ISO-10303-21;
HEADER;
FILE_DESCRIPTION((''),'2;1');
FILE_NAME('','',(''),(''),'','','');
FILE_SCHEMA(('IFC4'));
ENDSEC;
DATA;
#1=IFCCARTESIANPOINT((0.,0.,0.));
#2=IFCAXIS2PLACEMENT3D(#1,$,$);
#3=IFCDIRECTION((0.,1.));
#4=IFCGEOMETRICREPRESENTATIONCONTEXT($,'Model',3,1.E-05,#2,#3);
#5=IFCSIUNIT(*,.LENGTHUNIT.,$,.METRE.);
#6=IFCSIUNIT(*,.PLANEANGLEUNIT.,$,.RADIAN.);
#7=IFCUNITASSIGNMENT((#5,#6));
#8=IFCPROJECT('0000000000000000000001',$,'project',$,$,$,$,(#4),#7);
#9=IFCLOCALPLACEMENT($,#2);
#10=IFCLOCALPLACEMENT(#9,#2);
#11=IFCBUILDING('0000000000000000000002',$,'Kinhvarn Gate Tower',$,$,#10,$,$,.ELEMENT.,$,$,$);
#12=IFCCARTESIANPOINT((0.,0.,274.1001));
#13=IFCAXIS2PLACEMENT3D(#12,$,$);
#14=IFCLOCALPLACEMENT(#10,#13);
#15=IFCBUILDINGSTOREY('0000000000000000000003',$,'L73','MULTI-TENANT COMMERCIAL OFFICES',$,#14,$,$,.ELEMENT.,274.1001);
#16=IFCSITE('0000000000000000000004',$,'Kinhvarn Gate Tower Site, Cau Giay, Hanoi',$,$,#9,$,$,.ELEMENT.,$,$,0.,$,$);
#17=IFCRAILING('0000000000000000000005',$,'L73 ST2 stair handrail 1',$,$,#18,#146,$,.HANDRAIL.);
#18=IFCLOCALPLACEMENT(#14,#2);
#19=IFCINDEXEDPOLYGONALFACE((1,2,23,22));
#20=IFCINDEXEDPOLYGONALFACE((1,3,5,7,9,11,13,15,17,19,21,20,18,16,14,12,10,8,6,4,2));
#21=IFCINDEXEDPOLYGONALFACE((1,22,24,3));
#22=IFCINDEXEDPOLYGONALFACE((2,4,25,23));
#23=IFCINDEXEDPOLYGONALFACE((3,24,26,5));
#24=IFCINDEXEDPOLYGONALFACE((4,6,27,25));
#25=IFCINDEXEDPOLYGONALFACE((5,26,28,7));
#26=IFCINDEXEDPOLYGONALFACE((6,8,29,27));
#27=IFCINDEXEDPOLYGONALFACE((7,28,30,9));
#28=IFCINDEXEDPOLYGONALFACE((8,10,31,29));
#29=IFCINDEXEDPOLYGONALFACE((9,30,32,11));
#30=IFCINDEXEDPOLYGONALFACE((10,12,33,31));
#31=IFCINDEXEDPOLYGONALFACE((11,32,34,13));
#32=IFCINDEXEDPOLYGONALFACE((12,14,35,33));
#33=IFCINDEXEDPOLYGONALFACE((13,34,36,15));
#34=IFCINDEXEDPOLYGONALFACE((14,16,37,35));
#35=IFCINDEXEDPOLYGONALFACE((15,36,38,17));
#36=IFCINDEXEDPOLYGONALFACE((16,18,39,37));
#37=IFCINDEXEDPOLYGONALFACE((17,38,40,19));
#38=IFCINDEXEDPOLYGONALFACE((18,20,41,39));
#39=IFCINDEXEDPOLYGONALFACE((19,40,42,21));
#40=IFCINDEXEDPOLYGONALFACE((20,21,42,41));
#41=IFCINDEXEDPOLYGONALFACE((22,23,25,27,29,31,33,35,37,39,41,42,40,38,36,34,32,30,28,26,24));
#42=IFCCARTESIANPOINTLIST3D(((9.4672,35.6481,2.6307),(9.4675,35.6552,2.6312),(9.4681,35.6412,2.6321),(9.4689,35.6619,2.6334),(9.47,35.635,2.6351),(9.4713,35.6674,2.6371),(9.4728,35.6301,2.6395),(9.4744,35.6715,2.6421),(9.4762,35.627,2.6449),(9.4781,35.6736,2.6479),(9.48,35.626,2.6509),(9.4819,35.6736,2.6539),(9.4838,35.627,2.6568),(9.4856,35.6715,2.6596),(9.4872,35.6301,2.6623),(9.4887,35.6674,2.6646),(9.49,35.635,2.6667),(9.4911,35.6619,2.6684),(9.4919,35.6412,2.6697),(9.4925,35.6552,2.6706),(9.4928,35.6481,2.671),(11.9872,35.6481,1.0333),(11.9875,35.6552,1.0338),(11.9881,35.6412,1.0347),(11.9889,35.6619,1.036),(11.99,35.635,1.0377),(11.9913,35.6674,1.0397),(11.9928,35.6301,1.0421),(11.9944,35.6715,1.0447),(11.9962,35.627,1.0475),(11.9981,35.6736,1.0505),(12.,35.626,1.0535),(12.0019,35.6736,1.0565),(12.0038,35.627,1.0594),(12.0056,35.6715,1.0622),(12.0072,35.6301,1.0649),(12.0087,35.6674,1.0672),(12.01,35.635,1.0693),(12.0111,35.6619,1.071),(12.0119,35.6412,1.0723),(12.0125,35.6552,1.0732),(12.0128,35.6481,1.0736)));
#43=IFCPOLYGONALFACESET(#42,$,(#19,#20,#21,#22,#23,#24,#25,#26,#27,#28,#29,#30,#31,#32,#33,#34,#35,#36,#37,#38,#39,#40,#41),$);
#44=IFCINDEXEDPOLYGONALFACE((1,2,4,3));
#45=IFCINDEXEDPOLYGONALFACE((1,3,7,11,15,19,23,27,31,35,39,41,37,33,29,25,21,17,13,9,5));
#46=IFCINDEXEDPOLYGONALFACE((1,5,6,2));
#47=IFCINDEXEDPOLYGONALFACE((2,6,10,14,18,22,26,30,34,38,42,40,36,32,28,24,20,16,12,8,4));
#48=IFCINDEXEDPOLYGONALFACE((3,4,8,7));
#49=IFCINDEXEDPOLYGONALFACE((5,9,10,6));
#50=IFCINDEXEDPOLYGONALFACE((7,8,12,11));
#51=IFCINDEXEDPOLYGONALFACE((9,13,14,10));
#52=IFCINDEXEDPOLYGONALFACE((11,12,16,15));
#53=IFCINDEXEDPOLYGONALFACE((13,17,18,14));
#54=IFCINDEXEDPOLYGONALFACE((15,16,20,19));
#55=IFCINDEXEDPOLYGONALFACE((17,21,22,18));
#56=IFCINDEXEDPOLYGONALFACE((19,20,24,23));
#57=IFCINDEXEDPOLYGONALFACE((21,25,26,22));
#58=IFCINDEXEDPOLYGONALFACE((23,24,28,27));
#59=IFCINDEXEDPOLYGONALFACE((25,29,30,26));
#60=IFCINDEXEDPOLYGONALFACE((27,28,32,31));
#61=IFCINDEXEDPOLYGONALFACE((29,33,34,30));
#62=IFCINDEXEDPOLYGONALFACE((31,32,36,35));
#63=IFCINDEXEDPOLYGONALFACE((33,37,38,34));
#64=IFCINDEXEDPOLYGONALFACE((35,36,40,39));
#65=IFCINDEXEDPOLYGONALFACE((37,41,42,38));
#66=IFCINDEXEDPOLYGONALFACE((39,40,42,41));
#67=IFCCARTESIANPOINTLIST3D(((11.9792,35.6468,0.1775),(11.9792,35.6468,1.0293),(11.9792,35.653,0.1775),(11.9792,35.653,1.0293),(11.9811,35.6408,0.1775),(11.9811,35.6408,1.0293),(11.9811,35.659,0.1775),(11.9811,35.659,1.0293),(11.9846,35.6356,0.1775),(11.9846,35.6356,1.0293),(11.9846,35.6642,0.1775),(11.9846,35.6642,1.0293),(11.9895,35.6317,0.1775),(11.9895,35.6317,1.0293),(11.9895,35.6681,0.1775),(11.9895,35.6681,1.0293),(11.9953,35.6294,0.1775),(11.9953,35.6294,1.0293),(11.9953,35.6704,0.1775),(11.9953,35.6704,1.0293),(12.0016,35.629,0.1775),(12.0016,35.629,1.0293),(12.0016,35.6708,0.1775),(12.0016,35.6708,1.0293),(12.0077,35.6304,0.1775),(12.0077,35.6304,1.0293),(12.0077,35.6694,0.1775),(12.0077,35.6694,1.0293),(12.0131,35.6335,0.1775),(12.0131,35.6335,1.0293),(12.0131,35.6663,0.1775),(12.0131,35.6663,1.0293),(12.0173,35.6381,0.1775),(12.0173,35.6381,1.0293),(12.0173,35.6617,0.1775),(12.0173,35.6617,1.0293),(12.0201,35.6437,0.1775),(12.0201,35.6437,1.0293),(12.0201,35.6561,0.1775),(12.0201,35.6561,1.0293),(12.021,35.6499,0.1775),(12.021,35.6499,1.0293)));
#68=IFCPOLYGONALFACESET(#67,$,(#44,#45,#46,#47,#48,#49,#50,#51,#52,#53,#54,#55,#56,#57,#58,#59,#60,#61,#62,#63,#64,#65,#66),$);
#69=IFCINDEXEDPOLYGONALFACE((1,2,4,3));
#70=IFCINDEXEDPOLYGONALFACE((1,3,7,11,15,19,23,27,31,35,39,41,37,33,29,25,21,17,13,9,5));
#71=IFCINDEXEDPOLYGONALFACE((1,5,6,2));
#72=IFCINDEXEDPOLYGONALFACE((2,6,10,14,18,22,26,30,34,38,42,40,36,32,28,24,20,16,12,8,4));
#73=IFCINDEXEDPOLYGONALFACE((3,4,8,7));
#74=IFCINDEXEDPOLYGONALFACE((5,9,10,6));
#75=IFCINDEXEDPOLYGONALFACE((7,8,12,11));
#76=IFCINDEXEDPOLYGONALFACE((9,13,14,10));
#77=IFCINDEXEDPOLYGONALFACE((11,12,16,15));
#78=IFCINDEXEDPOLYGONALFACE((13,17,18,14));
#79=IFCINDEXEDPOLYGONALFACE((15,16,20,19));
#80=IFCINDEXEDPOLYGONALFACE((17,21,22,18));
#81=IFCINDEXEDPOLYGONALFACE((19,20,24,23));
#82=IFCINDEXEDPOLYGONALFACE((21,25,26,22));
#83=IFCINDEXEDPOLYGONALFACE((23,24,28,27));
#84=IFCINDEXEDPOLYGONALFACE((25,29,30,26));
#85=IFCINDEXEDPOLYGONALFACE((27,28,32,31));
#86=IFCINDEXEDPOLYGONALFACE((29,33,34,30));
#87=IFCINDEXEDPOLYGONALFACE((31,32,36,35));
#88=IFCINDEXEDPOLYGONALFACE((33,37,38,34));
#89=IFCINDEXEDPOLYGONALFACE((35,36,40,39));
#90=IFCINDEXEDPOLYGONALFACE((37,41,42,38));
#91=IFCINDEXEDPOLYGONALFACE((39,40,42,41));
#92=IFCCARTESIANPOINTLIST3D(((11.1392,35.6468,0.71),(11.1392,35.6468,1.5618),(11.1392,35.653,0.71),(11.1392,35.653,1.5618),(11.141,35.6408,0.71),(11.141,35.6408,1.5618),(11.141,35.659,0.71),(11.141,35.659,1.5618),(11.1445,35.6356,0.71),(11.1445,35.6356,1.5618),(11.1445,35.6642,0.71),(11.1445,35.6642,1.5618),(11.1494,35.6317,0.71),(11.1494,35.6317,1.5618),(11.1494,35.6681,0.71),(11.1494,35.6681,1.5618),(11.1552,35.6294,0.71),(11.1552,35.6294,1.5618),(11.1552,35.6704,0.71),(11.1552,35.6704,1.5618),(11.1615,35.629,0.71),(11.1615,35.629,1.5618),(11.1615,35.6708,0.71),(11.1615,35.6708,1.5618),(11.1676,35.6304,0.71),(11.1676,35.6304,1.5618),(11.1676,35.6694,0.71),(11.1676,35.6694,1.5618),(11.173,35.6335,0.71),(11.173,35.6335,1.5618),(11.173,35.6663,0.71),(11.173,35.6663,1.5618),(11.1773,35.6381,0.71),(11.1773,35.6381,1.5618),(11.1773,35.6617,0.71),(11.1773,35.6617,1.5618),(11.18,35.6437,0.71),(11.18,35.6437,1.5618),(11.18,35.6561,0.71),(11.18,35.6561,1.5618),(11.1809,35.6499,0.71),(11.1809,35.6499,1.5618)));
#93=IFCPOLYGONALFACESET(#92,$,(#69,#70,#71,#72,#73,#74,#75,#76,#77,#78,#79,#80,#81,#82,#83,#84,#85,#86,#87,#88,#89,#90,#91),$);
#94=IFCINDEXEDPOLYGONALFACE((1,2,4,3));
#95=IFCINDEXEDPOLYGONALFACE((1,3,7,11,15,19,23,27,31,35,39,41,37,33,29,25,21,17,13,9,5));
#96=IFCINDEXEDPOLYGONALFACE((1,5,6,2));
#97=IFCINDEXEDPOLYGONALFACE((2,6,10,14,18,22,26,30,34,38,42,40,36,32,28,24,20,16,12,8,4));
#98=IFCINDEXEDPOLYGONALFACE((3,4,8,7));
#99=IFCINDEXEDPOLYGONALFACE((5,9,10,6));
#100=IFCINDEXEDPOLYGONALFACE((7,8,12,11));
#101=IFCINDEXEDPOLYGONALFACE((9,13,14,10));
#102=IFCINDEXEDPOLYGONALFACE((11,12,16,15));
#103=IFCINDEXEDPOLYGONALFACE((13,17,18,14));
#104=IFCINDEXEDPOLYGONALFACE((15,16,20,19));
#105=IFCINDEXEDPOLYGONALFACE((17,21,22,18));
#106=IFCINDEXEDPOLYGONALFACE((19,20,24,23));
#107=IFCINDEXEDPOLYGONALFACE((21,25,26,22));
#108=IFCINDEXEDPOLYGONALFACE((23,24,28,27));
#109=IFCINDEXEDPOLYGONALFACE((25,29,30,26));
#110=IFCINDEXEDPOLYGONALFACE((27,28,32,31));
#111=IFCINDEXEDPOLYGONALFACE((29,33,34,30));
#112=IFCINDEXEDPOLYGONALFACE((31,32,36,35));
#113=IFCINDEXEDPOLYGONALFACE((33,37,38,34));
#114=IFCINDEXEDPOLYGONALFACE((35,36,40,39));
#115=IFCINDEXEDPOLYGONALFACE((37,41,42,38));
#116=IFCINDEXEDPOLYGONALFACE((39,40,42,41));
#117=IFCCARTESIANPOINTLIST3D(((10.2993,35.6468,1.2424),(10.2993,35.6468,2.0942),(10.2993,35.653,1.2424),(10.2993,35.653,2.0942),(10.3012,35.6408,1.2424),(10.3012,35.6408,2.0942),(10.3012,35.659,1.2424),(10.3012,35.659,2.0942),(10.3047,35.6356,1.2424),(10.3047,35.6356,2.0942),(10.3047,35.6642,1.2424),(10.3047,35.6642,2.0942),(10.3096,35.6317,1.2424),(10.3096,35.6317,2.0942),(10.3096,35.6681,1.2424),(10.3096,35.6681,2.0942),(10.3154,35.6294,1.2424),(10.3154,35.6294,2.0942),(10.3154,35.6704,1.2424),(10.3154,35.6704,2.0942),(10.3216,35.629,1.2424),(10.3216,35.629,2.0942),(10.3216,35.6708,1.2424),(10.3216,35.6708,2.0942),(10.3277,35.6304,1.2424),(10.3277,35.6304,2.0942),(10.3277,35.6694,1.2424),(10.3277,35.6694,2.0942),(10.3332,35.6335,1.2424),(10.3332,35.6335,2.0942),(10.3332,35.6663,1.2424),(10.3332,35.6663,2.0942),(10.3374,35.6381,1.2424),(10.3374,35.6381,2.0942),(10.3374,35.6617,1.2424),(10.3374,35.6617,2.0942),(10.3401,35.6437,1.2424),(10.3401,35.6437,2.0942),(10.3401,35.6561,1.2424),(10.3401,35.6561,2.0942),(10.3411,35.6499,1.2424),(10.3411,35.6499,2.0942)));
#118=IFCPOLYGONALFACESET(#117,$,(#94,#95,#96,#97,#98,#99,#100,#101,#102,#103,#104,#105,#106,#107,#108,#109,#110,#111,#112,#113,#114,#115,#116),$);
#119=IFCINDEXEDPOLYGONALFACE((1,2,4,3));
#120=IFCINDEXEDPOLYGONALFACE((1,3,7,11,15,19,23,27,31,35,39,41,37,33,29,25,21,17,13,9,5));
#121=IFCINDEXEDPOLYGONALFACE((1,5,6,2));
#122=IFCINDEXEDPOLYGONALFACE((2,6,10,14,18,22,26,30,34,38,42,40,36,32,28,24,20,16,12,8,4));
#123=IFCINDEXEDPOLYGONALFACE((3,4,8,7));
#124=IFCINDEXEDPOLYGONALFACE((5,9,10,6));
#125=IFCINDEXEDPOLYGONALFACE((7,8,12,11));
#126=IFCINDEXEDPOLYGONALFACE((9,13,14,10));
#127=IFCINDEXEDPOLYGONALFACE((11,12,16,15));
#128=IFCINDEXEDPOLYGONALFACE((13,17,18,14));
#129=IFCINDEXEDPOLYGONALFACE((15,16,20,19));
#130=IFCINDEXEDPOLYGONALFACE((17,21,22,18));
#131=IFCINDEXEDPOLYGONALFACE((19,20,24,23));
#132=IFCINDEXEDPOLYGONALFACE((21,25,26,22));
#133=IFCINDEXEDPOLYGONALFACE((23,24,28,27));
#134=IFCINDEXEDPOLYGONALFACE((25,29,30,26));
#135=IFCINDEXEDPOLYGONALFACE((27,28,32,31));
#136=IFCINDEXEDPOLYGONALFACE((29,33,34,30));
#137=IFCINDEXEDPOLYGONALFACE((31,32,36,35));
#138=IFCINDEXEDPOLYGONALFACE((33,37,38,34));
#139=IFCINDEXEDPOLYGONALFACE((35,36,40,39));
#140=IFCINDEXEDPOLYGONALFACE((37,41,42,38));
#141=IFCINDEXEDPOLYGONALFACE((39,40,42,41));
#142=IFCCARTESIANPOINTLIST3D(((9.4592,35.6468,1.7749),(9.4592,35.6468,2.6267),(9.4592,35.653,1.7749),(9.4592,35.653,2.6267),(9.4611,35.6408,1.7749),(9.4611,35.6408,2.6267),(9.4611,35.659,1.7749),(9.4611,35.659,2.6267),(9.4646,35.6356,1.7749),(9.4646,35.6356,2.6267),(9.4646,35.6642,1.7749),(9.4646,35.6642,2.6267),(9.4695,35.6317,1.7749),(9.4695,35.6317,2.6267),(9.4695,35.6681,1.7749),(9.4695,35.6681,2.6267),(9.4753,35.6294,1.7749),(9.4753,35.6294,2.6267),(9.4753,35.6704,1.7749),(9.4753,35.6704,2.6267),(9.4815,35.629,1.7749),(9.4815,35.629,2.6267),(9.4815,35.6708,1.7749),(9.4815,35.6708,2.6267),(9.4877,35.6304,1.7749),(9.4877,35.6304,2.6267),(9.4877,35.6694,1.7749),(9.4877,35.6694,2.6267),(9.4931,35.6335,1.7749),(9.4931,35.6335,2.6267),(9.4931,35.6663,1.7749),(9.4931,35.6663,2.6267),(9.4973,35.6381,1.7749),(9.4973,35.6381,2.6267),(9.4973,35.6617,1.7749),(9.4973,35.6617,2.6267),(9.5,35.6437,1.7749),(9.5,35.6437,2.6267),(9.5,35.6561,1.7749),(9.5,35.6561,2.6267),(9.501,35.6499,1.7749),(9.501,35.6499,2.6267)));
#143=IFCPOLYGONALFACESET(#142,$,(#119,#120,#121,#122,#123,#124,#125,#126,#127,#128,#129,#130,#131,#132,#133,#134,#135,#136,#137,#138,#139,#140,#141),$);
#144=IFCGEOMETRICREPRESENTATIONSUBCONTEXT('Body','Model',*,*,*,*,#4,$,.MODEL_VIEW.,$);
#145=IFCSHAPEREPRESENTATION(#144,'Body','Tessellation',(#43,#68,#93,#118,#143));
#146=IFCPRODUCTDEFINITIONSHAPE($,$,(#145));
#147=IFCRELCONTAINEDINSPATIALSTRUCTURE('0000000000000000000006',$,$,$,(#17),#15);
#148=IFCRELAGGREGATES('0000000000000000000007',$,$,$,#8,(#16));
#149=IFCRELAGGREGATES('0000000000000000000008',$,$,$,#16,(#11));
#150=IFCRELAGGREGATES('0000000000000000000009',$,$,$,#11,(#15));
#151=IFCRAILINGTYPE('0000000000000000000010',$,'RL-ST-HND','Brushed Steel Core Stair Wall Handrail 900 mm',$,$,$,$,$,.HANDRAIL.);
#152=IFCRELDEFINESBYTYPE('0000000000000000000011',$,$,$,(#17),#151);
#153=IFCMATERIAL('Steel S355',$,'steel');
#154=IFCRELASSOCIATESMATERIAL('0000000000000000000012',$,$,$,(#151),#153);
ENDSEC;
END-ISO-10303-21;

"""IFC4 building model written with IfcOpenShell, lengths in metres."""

from ifc_helpers import new_model, si_unit, direction, frame, origin, origin_2d, place, context, subcontext, project, spatial, circle, extrude, material, type_object, element, save


model = new_model("IFC4")

# Units and contexts
model_context = context("Model", 3, precision=1e-05, world=origin(), true_north=direction((0.0, 1.0)))
body_context = subcontext(model_context, "Body", "Model", "MODEL_VIEW")
ifc_project = project(units=[si_unit("LENGTHUNIT", "METRE"), si_unit("PLANEANGLEUNIT", "RADIAN")], contexts=[model_context])

# Site, building, storey
site_placement = place(None, origin())
site = spatial("IfcSite", under=ifc_project, at=site_placement, Name="Kinhvarn Gate Tower Site, Cau Giay, Hanoi", CompositionType="ELEMENT", RefElevation=0.0)
building_placement = place(site_placement, origin())
building = spatial("IfcBuilding", under=site, at=building_placement, Name="Kinhvarn Gate Tower", CompositionType="ELEMENT")
storey_placement = place(building_placement, frame((0.0, 0.0, 274.1001)))
storey = spatial("IfcBuildingStorey", under=building, at=storey_placement, Name="L73", Description="MULTI-TENANT COMMERCIAL OFFICES", CompositionType="ELEMENT", Elevation=274.1001)

# Shared definitions
ifc_material_1 = material(Name="Steel S355", Category="steel")

# Railing
railing_type_1 = type_object("IfcRailingType", Name="RL-ST-HND", Description="Brushed Steel Core Stair Wall Handrail 900 mm", PredefinedType="HANDRAIL", material=ifc_material_1)
railing_1_placement = place(storey_placement, frame((12.0, 35.6499, 0.1775)))
element("IfcRailing", 1, at=railing_1_placement, inside=storey, type_object=railing_type_1, Name="L73 ST2 stair handrail 1", PredefinedType="HANDRAIL", context=body_context, shape_type="SweptSolid", body=[
    extrude(circle(Radius=0.0239, at=origin_2d()), frame((0.0, 0.0, 0.876), z_axis=(-0.844607, 0.0, 0.535387), x_axis=(0.0, -1.0, 0.0)), (0.0, 0.0, 1.0), 2.9836),
    extrude(circle(Radius=0.021, at=origin_2d()), origin(), (0.0, 0.0, 1.0), 0.8518),
    extrude(circle(Radius=0.021, at=origin_2d()), frame((-0.8401, 0.0, 0.5325)), (0.0, 0.0, 1.0), 0.8518),
    extrude(circle(Radius=0.021, at=origin_2d()), frame((-1.6799, 0.0, 1.0649)), (0.0, 0.0, 1.0), 0.8518),
    extrude(circle(Radius=0.021, at=origin_2d()), frame((-2.52, 0.0, 1.5974)), (0.0, 0.0, 1.0), 0.8518),
])

save(model, "model.ifc")
